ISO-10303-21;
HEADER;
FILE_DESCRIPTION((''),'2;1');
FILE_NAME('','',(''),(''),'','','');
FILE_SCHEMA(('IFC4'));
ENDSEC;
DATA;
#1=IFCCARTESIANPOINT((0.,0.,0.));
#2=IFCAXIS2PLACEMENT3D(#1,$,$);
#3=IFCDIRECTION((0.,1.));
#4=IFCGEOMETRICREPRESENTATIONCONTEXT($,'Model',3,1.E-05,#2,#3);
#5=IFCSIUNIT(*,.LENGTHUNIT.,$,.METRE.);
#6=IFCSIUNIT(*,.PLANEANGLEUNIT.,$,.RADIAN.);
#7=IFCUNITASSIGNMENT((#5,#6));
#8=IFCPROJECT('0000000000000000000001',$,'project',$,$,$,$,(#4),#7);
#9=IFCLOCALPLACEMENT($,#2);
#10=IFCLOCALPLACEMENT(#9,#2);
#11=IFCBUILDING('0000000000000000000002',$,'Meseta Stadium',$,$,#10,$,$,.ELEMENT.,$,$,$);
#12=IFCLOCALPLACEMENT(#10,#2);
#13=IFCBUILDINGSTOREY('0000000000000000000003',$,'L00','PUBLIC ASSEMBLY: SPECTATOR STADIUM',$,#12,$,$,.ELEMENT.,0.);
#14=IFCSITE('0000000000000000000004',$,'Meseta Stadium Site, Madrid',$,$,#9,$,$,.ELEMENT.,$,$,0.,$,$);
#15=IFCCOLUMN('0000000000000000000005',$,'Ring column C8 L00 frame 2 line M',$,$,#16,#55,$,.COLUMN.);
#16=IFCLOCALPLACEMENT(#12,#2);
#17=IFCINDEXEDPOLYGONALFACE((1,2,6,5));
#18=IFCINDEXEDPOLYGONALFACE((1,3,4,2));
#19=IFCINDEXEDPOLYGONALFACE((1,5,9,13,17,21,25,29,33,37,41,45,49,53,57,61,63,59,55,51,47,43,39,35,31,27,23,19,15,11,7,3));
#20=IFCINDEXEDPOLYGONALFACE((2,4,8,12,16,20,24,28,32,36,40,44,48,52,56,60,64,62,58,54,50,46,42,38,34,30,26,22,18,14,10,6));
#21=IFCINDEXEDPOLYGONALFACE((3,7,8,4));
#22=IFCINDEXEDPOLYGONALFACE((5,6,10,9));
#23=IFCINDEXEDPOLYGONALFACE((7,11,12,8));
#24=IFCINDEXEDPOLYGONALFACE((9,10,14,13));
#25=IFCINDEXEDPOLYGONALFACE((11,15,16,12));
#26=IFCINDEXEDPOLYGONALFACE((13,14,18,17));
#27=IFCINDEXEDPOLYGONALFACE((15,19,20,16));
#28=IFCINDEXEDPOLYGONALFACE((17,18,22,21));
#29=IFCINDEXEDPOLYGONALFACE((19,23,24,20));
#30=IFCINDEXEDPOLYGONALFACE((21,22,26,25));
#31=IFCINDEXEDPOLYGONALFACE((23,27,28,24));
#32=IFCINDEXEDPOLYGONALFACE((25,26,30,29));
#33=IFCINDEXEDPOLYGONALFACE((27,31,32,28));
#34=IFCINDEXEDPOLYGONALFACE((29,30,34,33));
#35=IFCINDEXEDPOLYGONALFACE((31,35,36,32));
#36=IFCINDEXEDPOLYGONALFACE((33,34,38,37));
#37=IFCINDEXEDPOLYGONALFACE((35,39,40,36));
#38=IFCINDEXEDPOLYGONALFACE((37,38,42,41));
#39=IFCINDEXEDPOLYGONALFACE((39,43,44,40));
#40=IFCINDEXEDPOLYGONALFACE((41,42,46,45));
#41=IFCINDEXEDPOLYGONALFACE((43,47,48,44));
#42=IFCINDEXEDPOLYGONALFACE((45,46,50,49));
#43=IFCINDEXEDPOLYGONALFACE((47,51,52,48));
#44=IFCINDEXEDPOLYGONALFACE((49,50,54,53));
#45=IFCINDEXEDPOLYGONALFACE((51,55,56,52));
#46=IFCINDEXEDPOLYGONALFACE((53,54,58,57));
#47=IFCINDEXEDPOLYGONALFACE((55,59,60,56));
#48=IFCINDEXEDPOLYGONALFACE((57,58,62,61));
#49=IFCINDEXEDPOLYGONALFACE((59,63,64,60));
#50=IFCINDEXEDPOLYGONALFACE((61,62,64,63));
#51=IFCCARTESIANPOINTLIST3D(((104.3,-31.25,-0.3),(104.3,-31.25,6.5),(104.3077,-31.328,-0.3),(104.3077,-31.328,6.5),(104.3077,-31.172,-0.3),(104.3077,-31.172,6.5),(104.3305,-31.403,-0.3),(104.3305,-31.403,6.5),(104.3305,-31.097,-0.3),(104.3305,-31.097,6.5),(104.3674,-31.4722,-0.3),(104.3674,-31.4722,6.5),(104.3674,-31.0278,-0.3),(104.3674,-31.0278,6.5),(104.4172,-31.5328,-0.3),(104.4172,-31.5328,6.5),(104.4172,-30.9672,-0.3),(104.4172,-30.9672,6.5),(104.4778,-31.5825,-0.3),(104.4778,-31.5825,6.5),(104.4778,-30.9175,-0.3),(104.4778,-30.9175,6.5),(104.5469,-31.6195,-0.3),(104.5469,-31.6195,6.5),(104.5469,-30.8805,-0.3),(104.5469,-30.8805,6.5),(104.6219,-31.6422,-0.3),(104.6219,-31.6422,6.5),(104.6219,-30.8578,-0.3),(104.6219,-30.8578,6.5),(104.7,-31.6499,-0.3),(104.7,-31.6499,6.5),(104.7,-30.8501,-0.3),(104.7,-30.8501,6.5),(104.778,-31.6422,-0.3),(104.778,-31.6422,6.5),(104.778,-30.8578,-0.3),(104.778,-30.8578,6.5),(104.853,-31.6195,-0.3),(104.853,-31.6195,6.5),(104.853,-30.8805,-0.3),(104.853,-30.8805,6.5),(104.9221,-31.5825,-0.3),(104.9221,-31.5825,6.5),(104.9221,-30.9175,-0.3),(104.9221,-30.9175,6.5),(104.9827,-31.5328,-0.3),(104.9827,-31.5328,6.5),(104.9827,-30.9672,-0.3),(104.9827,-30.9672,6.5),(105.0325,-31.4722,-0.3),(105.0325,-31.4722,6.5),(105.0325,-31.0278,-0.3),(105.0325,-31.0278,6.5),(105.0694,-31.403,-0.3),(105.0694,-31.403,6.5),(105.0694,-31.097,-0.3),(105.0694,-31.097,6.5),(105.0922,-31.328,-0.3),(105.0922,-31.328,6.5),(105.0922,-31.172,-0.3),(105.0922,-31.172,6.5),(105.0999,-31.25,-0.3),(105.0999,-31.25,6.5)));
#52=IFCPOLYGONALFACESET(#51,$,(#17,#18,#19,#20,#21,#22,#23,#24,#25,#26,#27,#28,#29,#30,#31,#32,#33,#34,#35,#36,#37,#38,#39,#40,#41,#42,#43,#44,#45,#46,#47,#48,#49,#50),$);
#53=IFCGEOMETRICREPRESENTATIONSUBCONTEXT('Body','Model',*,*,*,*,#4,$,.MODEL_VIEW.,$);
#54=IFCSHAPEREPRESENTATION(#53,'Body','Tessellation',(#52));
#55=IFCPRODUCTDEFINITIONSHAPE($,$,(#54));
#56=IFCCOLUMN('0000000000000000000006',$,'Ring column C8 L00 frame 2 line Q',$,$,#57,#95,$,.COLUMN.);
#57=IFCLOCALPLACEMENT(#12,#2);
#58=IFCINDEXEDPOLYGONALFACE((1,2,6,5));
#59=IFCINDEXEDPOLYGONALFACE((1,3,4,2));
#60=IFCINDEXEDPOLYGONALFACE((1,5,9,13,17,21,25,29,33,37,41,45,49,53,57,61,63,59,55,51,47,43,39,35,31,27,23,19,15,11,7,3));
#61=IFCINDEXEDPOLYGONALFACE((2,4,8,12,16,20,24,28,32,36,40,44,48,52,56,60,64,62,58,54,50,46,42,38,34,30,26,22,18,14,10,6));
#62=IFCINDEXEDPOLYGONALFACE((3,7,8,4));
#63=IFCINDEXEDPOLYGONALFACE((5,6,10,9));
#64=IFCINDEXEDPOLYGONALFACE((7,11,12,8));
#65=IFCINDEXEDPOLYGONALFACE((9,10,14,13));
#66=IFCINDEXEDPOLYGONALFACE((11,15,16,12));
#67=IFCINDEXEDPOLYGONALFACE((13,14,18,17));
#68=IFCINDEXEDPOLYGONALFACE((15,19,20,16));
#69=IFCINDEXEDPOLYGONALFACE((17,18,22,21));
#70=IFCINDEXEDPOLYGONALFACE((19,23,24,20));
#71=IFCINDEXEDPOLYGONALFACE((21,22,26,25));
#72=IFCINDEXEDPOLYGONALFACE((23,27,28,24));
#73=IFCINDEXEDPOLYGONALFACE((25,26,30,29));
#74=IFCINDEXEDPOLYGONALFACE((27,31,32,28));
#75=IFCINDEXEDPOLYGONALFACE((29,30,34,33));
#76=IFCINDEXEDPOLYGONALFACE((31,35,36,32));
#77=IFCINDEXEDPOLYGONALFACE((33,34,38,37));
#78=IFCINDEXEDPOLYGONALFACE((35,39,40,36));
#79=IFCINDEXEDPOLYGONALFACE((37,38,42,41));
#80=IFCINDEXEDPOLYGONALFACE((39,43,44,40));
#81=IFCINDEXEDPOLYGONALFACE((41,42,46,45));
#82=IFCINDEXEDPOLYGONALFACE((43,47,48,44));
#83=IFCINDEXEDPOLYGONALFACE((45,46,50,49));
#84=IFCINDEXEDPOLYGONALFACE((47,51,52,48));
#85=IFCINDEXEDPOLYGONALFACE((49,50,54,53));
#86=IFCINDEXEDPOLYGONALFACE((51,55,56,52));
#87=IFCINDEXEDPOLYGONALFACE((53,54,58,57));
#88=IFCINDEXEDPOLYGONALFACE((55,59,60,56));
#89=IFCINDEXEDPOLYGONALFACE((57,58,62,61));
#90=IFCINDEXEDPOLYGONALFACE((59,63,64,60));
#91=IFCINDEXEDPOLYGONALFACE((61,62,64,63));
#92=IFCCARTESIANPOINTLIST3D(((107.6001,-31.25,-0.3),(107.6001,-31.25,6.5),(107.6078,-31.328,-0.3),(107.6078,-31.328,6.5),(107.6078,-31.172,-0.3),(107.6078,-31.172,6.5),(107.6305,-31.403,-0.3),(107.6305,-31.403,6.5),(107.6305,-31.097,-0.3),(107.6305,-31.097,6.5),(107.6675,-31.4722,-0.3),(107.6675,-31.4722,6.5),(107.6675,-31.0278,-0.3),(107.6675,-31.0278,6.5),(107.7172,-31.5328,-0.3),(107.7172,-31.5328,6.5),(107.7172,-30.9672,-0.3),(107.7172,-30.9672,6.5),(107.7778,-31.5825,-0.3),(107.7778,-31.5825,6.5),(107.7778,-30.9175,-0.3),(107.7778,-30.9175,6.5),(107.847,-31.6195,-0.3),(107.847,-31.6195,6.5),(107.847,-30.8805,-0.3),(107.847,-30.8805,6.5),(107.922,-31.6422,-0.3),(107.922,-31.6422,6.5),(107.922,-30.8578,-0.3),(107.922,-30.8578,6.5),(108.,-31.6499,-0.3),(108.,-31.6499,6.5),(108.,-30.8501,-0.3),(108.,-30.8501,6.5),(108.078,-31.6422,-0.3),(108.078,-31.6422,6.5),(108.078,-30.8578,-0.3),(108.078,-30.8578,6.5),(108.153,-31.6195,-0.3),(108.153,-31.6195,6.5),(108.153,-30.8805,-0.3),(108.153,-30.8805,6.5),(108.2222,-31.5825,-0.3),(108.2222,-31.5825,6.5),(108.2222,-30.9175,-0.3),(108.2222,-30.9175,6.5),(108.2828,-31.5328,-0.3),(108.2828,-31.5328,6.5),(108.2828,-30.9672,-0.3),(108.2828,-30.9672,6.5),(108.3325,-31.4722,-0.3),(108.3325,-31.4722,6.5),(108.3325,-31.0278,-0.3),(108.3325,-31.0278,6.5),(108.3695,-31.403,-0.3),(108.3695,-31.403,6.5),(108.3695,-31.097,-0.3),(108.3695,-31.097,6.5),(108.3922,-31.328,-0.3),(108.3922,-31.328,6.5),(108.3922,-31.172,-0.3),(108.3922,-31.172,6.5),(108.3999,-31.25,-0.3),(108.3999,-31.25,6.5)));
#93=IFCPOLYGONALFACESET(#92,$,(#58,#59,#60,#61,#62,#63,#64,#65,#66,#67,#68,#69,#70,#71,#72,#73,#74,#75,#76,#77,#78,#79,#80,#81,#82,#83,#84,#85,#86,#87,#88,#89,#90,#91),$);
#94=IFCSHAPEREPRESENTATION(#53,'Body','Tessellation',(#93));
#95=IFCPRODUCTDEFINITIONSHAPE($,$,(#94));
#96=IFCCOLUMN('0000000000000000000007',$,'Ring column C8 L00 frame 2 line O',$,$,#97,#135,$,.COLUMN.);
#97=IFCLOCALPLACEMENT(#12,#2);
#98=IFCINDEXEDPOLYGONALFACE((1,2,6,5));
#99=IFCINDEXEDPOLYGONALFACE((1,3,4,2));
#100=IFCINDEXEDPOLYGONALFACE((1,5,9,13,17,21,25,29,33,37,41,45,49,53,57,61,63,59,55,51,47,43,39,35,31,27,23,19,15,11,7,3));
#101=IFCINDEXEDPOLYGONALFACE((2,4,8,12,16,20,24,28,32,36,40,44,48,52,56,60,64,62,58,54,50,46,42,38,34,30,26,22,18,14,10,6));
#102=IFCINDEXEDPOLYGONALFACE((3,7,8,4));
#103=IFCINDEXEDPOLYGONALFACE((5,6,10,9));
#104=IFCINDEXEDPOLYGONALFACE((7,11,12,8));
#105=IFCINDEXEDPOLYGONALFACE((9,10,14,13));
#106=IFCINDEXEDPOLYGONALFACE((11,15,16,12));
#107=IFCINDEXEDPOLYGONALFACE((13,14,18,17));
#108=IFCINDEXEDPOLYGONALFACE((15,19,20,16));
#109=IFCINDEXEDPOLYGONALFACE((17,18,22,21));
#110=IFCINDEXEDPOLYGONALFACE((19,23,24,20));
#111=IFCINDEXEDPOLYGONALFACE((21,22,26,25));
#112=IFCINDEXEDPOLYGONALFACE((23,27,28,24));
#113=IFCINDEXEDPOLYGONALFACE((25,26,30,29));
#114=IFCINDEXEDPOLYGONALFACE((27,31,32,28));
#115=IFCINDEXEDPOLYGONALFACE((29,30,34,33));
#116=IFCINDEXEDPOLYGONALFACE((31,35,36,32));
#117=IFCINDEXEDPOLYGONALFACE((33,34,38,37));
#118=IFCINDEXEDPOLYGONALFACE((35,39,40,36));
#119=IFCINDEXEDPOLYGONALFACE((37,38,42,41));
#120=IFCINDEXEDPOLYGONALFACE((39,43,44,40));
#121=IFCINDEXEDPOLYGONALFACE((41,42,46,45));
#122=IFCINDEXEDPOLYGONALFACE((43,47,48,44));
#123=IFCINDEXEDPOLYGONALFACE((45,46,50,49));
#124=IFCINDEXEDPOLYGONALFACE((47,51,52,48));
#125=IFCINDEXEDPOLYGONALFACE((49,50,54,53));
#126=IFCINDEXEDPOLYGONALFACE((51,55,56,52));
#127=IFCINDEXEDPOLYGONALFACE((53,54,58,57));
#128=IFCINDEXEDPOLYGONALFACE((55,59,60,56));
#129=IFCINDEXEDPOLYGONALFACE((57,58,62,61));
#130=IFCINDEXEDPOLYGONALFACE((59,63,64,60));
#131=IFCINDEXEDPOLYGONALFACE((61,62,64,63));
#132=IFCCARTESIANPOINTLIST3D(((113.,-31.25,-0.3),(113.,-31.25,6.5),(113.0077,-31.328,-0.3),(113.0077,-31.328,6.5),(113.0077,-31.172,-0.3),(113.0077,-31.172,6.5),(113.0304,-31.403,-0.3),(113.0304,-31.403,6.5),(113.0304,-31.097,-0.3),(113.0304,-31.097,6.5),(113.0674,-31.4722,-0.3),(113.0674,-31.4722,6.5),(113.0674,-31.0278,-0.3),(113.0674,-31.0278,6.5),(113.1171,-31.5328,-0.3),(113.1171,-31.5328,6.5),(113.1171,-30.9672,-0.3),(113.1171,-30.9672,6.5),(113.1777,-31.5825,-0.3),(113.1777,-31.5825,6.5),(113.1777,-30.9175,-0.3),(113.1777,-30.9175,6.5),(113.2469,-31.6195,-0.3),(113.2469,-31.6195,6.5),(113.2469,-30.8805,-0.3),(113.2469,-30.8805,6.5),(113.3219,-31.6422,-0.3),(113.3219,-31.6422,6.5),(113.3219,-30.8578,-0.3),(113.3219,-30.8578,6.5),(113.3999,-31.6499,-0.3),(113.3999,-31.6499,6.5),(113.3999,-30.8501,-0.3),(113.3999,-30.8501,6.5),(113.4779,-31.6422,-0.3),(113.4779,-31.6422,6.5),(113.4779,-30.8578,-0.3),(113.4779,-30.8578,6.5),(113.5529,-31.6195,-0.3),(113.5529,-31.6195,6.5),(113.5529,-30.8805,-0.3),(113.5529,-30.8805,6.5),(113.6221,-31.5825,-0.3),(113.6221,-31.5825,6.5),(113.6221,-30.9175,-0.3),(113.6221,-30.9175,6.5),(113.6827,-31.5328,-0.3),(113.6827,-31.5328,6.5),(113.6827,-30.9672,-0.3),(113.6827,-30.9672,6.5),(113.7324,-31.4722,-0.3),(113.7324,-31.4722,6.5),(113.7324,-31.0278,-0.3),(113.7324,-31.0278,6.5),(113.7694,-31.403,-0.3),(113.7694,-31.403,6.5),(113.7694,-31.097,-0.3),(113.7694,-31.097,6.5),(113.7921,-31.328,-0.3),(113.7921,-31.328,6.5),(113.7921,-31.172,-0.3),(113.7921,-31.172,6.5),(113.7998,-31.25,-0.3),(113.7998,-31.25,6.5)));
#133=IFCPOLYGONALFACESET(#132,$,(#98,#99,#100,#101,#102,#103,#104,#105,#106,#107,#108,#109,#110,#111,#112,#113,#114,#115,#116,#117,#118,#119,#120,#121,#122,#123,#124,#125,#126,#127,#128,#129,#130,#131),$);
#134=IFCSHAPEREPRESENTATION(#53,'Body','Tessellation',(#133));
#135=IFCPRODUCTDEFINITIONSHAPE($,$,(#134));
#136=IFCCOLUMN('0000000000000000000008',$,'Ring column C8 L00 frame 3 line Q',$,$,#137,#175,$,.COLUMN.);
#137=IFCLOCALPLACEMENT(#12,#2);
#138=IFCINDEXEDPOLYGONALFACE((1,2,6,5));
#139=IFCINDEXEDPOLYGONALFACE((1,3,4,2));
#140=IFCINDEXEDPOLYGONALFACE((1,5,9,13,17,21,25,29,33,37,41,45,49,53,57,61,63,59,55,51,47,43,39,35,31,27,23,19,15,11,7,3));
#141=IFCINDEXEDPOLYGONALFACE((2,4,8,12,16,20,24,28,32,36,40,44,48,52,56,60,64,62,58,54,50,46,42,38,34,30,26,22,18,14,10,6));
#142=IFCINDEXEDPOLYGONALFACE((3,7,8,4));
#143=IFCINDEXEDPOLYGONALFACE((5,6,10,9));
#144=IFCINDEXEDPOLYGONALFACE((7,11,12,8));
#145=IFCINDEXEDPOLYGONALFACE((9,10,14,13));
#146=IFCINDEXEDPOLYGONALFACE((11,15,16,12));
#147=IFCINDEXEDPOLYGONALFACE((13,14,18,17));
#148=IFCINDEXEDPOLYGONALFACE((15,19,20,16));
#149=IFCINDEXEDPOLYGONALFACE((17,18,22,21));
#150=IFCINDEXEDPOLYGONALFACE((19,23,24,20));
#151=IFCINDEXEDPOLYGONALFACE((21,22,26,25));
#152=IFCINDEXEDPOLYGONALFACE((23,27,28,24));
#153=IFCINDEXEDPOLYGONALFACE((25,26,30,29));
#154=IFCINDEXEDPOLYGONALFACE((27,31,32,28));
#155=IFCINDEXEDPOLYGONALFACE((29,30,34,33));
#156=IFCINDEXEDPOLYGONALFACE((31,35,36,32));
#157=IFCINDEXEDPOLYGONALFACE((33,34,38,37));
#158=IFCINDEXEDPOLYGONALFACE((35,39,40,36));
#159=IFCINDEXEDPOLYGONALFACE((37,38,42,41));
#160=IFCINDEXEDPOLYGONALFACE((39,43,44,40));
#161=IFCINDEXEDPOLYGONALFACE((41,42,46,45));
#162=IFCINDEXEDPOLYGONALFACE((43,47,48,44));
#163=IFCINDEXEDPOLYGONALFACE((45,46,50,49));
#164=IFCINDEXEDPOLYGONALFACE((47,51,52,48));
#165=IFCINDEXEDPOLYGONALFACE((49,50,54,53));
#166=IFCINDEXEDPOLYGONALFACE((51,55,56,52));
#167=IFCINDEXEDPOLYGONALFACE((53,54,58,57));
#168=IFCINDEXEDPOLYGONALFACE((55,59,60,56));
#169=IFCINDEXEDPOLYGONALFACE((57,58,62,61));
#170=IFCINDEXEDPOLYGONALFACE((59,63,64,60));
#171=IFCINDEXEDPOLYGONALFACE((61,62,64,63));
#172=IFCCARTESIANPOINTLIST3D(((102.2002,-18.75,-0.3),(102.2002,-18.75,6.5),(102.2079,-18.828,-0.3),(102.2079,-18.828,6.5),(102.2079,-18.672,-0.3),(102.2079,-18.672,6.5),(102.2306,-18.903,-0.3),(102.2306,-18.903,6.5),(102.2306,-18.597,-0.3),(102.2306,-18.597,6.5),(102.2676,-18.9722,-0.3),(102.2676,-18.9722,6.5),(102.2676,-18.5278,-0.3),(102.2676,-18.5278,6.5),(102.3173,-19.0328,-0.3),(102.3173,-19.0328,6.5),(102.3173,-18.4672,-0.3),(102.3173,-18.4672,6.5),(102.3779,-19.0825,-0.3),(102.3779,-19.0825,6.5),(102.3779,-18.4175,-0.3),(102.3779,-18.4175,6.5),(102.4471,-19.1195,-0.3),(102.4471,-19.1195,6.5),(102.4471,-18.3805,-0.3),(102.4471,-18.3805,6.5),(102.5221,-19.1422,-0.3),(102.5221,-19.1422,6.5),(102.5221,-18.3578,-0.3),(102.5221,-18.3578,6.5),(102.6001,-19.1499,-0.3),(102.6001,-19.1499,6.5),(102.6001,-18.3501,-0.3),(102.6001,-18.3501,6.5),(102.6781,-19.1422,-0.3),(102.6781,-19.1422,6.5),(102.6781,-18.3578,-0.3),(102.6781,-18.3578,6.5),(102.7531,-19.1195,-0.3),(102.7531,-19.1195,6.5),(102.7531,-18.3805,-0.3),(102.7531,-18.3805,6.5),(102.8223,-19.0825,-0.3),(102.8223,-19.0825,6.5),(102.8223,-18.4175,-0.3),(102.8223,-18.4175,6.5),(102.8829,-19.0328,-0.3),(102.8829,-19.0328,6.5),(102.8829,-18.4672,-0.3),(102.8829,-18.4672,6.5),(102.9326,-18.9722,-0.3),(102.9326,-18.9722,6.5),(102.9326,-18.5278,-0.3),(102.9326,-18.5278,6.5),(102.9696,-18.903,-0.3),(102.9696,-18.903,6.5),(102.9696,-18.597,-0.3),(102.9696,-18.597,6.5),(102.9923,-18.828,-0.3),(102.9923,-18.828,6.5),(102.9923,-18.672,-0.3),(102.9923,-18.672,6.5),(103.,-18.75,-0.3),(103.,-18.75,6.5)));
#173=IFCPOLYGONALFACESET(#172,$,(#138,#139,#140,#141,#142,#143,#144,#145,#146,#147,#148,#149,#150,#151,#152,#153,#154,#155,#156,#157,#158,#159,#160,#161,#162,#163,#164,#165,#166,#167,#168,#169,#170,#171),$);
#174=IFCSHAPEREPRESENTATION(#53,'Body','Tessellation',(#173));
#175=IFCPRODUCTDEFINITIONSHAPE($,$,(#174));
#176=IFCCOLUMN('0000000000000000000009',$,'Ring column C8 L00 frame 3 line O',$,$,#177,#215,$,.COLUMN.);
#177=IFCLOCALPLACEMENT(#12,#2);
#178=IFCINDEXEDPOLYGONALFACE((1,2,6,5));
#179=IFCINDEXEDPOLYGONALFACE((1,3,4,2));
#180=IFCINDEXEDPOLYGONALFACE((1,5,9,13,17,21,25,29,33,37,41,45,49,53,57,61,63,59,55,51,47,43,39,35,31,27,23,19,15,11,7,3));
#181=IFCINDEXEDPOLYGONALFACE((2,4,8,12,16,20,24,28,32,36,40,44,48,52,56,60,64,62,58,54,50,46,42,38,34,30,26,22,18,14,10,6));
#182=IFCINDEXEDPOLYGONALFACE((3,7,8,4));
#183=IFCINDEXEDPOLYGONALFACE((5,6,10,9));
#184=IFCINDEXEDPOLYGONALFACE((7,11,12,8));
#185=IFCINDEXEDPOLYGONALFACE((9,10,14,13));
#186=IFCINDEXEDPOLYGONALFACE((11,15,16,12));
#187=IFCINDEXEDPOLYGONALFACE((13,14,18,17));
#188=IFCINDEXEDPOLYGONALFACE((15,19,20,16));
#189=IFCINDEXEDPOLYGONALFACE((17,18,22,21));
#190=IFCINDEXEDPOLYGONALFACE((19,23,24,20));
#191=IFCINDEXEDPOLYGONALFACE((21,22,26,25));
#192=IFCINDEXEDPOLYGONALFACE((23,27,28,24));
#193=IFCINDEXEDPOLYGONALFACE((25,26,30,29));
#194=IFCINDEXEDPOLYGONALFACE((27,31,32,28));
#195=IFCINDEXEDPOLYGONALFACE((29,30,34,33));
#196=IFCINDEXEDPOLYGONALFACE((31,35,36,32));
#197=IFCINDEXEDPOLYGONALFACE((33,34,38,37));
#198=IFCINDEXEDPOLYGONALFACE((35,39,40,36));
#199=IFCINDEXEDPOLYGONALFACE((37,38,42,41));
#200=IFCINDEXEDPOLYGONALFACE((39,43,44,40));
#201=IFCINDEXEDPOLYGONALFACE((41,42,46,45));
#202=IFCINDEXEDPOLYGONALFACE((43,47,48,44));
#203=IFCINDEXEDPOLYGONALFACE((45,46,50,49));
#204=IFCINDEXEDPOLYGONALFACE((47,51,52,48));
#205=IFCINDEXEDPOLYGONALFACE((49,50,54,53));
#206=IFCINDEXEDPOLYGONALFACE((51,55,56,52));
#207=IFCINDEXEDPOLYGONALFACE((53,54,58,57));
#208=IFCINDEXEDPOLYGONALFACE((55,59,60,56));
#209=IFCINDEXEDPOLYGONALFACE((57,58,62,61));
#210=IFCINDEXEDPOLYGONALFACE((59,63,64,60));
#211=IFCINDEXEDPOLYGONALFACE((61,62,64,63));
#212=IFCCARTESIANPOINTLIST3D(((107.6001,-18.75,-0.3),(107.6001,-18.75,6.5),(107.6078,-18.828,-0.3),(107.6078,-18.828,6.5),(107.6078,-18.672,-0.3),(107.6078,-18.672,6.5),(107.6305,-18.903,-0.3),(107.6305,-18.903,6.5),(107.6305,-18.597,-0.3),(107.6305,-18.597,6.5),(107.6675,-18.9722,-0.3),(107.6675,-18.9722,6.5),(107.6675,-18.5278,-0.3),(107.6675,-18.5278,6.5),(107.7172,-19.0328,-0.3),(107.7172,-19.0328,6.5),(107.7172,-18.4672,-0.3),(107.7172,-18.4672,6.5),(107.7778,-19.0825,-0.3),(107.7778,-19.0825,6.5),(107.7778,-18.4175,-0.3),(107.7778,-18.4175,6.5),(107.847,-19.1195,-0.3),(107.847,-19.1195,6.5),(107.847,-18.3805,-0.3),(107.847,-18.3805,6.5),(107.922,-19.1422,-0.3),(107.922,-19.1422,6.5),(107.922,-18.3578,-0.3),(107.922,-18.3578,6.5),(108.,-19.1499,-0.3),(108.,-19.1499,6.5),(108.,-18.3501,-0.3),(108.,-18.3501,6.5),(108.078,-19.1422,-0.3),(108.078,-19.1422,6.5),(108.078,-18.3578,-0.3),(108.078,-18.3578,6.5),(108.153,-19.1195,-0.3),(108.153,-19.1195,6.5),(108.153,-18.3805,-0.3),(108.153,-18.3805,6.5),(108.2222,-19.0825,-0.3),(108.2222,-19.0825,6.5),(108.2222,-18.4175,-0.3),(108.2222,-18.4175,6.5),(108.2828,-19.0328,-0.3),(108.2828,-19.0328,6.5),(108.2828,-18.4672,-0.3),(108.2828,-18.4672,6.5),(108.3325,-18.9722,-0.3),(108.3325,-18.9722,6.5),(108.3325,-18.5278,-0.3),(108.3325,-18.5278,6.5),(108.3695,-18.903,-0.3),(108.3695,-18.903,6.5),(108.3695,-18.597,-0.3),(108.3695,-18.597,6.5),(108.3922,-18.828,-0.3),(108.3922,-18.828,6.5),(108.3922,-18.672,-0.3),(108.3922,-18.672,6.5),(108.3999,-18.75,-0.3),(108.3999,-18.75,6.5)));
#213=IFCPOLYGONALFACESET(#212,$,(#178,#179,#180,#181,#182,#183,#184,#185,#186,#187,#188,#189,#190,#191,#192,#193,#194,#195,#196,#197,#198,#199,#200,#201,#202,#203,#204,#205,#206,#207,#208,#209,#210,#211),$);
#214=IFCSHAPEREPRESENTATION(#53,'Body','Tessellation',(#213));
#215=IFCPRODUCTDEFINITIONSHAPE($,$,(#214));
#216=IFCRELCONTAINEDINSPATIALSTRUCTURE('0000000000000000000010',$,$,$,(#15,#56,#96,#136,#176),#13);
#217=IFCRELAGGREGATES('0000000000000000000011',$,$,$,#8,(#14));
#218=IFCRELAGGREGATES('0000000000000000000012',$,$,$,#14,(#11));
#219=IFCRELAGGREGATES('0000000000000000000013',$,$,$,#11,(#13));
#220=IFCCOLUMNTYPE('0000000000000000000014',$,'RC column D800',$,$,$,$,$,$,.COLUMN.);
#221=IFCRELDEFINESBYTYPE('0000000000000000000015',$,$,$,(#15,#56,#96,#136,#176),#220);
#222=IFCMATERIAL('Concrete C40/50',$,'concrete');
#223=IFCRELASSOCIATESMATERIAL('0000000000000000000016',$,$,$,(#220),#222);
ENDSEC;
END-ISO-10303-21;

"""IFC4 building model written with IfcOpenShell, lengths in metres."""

from ifc_helpers import new_model, si_unit, direction, frame, origin, origin_2d, place, context, subcontext, project, spatial, circle, extrude, material, material_profile, profile_set, type_object, element, save


model = new_model("IFC4")

# Units and contexts
model_context = context("Model", 3, precision=1e-05, world=origin(), true_north=direction((0.0, 1.0)))
body_context = subcontext(model_context, "Body", "Model", "MODEL_VIEW")
ifc_project = project(units=[si_unit("LENGTHUNIT", "METRE"), si_unit("PLANEANGLEUNIT", "RADIAN")], contexts=[model_context])

# Site, building, storey
site_placement = place(None, origin())
site = spatial("IfcSite", under=ifc_project, at=site_placement, Name="Meseta Stadium Site, Madrid", CompositionType="ELEMENT", RefElevation=0.0)
building_placement = place(site_placement, origin())
building = spatial("IfcBuilding", under=site, at=building_placement, Name="Meseta Stadium", CompositionType="ELEMENT")
storey_placement = place(building_placement, origin())
storey = spatial("IfcBuildingStorey", under=building, at=storey_placement, Name="L00", Description="PUBLIC ASSEMBLY: SPECTATOR STADIUM", CompositionType="ELEMENT", Elevation=0.0)

# Columns
ifc_material_1 = material(Name="Concrete C40/50", Category="concrete")
ifc_material_profile_1 = material_profile(ifc_material_1, circle(Radius=0.3999, at=origin_2d()), Name="RC D800")
ifc_profile_set_1 = profile_set([ifc_material_profile_1], Name="Concrete C40/50")
column_type = type_object("IfcColumnType", Name="RC column D800", PredefinedType="COLUMN", material=ifc_profile_set_1)
for number, where, z_axis, x_axis, name in (
    (1, (104.7, -31.25, -0.3), (0.0, 0.0, 1.0), (1.0, 0.0, 0.0), "Ring column C8 L00 frame 2 line M"),
    (2, (108.0, -31.25, -0.3), (0.0, 0.0, 1.0), (1.0, 0.0, 0.0), "Ring column C8 L00 frame 2 line Q"),
    (3, (113.3999, -31.25, -0.3), (0.0, 0.0, 1.0), (1.0, 0.0, 0.0), "Ring column C8 L00 frame 2 line O"),
    (4, (102.6001, -18.75, -0.3), (0.0, 0.0, 1.0), (1.0, 0.0, 0.0), "Ring column C8 L00 frame 3 line Q"),
    (5, (108.0, -18.75, -0.3), (0.0, 0.0, 1.0), (1.0, 0.0, 0.0), "Ring column C8 L00 frame 3 line O"),
):
    element("IfcColumn", number, at=place(storey_placement, frame(where, z_axis=z_axis, x_axis=x_axis)), inside=storey, type_object=column_type, Name=name, PredefinedType="COLUMN", context=body_context, shape_type="SweptSolid", body=[
        extrude(circle(Radius=0.3999, at=origin_2d()), origin(), (0.0, 0.0, 1.0), 6.8),
    ])

save(model, "model.ifc")
